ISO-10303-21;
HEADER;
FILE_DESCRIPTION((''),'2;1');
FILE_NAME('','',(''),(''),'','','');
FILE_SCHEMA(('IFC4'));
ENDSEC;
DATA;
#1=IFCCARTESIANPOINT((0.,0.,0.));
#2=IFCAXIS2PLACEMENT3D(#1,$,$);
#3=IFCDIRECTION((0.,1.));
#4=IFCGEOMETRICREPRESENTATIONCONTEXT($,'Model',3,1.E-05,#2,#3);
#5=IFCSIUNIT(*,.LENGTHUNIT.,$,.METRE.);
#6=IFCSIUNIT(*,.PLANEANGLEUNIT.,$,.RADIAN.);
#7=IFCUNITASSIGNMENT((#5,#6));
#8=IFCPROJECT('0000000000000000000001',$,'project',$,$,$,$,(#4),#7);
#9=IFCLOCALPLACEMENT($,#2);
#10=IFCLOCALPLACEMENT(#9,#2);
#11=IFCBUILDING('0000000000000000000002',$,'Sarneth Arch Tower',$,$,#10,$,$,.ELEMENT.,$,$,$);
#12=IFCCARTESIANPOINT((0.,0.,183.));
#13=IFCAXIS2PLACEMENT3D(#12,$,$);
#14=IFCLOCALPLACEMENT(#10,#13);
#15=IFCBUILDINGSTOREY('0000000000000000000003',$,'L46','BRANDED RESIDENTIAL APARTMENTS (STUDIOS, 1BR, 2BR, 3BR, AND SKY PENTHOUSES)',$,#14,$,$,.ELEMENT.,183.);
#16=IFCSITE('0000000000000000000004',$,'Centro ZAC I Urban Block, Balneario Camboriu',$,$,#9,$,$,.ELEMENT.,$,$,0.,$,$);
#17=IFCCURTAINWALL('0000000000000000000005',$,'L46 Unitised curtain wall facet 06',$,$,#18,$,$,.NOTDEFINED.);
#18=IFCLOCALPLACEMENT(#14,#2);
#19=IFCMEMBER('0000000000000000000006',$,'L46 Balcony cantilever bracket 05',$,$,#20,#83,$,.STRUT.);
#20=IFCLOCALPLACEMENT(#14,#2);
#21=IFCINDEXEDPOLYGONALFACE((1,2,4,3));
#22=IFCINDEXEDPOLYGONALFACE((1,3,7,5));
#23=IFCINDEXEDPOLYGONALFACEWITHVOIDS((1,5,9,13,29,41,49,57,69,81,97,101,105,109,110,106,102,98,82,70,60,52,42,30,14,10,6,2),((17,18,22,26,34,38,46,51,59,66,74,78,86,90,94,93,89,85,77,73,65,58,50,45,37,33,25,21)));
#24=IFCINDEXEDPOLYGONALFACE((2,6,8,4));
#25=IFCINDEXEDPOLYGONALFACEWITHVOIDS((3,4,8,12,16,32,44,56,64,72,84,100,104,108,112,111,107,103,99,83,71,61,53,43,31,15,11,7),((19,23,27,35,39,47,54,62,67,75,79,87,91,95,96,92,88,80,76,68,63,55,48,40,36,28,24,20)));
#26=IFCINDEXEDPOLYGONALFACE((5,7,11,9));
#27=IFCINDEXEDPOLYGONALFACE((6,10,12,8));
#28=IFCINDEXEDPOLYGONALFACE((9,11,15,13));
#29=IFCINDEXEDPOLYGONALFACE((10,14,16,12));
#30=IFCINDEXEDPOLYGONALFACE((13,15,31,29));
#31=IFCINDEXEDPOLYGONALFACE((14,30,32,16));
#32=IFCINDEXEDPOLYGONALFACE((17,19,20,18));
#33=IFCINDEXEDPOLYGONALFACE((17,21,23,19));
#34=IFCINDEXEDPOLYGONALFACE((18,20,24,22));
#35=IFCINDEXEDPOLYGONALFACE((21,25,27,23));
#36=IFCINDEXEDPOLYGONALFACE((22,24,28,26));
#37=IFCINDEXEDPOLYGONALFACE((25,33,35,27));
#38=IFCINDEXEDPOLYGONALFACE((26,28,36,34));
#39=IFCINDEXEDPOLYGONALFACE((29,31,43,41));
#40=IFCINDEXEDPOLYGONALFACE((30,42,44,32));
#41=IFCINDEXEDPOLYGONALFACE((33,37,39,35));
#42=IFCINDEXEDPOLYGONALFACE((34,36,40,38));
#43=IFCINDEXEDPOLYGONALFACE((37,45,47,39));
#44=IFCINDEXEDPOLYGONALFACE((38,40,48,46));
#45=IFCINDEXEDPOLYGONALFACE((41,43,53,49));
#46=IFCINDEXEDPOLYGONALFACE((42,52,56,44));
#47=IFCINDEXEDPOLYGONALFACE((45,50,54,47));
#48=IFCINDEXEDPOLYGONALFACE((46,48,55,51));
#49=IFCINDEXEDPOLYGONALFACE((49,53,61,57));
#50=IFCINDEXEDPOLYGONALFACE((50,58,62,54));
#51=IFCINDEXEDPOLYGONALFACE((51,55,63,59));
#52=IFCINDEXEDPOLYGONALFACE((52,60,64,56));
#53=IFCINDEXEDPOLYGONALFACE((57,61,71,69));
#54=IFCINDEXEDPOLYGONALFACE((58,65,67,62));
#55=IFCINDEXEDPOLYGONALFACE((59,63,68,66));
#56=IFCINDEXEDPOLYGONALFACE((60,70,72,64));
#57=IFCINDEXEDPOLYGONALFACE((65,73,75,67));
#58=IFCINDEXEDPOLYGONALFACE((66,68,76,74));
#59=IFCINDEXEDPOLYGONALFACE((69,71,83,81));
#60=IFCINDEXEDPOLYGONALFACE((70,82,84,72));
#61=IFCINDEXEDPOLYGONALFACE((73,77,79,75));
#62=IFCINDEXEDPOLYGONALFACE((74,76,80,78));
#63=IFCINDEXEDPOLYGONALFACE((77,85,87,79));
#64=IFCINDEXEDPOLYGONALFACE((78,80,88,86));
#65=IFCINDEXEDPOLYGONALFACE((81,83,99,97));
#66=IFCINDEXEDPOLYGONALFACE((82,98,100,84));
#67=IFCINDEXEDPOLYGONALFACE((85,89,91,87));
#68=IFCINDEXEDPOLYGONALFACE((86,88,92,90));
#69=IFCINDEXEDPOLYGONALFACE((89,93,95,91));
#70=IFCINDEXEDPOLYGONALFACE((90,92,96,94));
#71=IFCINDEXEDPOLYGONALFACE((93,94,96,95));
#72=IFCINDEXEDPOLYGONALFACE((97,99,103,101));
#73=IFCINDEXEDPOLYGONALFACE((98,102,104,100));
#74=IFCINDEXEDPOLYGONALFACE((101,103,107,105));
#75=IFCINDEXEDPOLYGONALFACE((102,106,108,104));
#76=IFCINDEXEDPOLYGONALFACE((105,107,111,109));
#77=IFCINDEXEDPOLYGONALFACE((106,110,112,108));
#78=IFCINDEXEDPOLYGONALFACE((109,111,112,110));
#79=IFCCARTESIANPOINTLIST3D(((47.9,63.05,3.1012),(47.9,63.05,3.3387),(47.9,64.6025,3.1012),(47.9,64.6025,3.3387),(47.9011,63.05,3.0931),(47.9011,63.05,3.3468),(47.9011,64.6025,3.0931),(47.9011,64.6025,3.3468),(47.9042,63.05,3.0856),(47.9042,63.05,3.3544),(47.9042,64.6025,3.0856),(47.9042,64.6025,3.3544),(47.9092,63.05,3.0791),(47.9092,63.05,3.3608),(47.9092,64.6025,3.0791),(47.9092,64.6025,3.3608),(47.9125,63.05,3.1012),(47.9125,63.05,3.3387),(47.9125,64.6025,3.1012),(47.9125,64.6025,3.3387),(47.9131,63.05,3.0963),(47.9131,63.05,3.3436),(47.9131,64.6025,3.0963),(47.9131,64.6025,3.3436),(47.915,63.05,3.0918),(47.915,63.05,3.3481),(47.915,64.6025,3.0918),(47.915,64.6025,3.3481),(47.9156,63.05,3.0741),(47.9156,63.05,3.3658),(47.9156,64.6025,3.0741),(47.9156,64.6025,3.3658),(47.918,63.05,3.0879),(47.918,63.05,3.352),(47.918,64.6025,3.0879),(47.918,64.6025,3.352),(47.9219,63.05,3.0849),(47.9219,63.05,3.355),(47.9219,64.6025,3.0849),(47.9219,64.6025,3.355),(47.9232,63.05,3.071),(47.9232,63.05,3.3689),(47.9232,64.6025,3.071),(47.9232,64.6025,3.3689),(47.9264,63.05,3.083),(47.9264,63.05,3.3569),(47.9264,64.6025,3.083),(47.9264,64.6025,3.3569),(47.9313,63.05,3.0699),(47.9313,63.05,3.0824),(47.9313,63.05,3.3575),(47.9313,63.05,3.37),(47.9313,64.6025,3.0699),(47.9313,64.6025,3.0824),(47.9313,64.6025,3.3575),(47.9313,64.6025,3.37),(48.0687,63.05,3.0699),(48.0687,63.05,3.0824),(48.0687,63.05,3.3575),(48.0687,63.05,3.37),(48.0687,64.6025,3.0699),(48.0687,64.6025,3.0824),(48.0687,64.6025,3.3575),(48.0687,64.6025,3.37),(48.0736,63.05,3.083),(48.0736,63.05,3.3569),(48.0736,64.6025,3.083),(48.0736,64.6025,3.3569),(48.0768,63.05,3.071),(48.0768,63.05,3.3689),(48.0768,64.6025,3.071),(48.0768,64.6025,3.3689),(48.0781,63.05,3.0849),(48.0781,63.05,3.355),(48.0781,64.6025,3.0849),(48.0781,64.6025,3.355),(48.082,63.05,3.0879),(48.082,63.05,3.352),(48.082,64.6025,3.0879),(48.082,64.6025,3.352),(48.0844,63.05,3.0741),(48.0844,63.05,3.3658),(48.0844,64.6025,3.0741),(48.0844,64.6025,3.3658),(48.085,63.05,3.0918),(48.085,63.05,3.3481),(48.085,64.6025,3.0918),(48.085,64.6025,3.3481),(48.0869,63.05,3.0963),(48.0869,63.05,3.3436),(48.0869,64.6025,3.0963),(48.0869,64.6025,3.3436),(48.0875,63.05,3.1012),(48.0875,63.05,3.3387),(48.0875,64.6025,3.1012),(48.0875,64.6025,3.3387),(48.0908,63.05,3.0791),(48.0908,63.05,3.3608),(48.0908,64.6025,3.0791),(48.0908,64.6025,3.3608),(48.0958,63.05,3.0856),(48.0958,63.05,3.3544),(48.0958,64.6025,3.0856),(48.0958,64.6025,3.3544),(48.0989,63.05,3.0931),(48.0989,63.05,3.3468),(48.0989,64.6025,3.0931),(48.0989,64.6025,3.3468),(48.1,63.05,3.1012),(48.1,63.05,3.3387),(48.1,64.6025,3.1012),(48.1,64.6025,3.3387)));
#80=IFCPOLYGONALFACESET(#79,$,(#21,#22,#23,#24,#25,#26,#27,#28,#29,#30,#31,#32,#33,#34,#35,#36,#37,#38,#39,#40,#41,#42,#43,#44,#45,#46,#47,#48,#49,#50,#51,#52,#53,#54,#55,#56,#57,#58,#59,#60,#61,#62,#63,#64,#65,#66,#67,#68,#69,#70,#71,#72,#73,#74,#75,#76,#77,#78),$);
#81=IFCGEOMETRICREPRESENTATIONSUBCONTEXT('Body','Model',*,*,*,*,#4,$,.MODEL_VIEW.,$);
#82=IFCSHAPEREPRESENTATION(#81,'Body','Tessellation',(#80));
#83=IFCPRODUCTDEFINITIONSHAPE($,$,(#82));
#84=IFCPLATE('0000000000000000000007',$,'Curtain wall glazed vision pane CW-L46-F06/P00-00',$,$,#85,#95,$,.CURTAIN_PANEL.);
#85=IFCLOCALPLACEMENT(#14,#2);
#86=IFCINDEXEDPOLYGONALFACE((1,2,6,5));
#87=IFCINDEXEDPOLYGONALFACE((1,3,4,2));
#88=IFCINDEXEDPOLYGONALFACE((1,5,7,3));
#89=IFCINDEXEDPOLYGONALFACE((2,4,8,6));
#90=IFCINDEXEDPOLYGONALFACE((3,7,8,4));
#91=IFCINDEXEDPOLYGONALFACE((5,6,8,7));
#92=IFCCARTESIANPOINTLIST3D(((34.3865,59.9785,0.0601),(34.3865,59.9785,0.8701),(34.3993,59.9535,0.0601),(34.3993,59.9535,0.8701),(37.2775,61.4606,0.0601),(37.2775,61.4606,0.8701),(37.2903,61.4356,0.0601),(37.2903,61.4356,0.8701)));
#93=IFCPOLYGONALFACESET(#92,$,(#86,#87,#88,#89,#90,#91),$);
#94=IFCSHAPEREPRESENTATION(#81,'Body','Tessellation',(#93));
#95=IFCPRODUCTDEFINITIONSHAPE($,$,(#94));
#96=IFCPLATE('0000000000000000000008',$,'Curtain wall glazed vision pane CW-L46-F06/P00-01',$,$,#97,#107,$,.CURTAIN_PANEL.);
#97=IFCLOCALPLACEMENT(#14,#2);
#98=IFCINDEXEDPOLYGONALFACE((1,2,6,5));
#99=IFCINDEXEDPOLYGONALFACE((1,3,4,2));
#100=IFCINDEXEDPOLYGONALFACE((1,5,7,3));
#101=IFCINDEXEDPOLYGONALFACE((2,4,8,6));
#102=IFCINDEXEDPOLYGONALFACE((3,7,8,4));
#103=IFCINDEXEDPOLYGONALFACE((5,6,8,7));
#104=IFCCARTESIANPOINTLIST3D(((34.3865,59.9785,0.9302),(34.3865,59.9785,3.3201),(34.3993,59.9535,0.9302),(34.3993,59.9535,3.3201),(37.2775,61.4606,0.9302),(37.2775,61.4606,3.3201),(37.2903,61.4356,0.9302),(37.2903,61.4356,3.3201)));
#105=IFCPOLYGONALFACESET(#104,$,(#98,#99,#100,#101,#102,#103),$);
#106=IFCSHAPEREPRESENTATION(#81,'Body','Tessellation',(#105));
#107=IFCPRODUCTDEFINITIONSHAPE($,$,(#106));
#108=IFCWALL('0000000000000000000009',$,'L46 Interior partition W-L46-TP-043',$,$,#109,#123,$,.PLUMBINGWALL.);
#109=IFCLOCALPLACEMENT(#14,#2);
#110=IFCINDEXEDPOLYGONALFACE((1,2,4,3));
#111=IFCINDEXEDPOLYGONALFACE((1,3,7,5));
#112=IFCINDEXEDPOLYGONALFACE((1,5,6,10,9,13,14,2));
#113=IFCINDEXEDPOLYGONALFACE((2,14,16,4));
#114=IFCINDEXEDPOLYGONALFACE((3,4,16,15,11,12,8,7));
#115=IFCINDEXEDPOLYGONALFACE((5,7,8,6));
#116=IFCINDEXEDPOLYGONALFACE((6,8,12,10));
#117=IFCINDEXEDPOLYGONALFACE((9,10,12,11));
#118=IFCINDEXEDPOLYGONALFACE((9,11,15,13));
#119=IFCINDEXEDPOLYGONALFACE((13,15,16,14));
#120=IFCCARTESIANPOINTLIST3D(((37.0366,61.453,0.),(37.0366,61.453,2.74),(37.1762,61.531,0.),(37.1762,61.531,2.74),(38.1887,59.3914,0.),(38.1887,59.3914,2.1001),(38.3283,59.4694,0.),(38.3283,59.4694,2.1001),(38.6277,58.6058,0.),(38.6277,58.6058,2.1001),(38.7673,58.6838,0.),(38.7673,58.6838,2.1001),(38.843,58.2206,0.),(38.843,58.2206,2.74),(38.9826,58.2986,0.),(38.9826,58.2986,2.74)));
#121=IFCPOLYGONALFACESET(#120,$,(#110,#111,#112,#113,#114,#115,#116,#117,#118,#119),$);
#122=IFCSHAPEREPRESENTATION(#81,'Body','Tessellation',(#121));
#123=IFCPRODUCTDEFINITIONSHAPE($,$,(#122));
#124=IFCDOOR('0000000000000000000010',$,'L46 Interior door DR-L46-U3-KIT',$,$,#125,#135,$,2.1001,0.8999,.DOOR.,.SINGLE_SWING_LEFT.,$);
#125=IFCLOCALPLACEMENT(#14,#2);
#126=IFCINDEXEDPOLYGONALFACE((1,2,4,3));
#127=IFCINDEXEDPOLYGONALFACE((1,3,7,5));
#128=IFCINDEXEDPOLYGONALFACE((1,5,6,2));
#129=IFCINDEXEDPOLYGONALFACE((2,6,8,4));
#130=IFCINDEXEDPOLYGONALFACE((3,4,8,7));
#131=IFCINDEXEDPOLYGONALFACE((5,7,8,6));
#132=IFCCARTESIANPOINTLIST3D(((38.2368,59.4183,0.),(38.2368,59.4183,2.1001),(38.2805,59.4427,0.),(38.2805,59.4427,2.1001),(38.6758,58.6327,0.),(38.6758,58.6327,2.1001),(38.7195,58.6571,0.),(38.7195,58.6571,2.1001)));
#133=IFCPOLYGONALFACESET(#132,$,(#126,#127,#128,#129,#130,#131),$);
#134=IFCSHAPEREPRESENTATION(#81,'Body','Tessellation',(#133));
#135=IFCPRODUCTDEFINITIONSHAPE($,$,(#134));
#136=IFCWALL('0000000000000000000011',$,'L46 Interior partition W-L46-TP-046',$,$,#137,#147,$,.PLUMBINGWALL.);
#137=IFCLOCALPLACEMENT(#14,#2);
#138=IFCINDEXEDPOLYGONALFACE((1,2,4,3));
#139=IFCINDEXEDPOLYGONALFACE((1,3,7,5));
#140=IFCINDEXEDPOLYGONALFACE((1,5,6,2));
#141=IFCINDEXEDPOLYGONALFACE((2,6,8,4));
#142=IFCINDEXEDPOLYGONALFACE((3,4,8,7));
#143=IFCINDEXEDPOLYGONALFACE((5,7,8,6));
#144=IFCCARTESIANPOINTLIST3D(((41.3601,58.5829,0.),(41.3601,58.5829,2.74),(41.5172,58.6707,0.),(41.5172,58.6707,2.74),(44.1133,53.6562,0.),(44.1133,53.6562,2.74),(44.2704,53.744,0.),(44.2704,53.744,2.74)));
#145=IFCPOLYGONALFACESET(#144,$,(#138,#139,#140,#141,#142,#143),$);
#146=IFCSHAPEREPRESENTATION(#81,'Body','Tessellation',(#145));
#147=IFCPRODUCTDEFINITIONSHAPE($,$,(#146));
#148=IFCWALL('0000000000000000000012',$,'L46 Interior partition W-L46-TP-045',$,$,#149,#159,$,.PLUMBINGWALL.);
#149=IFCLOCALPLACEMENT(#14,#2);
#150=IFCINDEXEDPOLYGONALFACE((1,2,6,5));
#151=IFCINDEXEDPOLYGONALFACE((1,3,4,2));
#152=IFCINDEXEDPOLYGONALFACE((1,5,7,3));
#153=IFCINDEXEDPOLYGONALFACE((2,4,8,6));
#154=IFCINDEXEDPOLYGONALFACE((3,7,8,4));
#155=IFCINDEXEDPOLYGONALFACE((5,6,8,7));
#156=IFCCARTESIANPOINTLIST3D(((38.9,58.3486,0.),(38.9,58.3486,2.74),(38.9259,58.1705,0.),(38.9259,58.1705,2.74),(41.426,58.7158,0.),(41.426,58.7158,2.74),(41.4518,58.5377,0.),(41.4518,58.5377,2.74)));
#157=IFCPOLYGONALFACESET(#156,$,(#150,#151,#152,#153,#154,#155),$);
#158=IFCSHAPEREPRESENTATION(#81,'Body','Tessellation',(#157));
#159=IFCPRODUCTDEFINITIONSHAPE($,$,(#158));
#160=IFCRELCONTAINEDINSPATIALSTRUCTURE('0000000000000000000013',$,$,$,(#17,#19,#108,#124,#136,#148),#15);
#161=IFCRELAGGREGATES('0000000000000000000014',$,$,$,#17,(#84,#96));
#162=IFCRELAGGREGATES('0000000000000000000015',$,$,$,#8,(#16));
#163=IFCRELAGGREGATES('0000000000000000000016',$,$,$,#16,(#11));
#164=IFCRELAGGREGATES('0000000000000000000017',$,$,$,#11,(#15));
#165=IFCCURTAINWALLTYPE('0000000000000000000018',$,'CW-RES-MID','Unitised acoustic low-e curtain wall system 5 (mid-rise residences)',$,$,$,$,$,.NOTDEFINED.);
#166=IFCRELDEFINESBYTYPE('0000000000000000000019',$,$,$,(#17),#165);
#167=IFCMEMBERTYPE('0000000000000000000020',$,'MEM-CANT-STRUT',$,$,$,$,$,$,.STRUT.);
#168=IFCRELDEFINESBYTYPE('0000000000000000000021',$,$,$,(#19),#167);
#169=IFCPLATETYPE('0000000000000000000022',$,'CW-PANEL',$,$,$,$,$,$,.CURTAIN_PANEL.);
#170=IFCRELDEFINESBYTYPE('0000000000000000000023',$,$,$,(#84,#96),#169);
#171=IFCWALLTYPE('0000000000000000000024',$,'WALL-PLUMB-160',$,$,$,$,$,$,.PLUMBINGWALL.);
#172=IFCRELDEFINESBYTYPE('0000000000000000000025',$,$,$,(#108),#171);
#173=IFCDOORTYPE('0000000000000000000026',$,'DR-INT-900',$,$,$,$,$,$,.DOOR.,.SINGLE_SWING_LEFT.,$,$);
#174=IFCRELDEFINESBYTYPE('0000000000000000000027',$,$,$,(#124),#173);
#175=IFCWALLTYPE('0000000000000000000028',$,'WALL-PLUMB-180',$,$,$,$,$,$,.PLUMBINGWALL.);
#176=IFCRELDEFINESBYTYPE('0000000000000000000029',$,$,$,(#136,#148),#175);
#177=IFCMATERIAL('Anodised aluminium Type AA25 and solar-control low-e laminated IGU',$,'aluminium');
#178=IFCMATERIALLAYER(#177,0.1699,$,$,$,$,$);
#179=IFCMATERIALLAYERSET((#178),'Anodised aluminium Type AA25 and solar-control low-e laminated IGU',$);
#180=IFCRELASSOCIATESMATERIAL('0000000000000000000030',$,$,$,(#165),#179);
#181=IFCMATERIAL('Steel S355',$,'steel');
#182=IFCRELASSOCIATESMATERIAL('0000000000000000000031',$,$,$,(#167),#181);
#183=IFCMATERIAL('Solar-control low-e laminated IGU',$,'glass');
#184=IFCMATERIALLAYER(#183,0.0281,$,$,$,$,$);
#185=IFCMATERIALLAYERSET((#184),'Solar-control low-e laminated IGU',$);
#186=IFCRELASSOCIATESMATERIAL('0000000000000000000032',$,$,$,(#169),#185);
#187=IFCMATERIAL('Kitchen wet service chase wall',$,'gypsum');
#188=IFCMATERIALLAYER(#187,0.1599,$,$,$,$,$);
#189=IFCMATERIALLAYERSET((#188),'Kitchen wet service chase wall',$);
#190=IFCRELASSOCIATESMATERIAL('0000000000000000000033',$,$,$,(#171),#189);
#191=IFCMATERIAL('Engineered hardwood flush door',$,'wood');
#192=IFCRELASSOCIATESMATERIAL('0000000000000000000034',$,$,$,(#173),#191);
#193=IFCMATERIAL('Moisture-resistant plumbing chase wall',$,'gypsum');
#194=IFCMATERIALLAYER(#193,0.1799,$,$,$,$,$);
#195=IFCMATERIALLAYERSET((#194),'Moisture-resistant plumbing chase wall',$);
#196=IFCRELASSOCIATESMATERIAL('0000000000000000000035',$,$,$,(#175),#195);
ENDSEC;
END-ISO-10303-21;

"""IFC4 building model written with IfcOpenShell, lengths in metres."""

from ifc_helpers import new_model, si_unit, direction, frame, frame_2d, origin, origin_2d, place, context, subcontext, project, spatial, rectangle, hollow_rectangle, extrude, material, layer, layer_set, material_profile, profile_set, type_object, element, fill, aggregate, save


model = new_model("IFC4")

# Units and contexts
model_context = context("Model", 3, precision=1e-05, world=origin(), true_north=direction((0.0, 1.0)))
body_context = subcontext(model_context, "Body", "Model", "MODEL_VIEW")
ifc_project = project(units=[si_unit("LENGTHUNIT", "METRE"), si_unit("PLANEANGLEUNIT", "RADIAN")], contexts=[model_context])

# Site, building, storey
site_placement = place(None, origin())
site = spatial("IfcSite", under=ifc_project, at=site_placement, Name="Centro ZAC I Urban Block, Balneario Camboriu", CompositionType="ELEMENT", RefElevation=0.0)
building_placement = place(site_placement, origin())
building = spatial("IfcBuilding", under=site, at=building_placement, Name="Sarneth Arch Tower", CompositionType="ELEMENT")
storey_placement = place(building_placement, frame((0.0, 0.0, 183.0)))
storey = spatial("IfcBuildingStorey", under=building, at=storey_placement, Name="L46", Description="BRANDED RESIDENTIAL APARTMENTS (STUDIOS, 1BR, 2BR, 3BR, AND SKY PENTHOUSES)", CompositionType="ELEMENT", Elevation=183.0)

# Curtain wall
ifc_material_1 = material(Name="Anodised aluminium Type AA25 and solar-control low-e laminated IGU", Category="aluminium")
ifc_layer_1 = layer(ifc_material_1, 0.1699)
ifc_layer_set_1 = layer_set([ifc_layer_1], Name="Anodised aluminium Type AA25 and solar-control low-e laminated IGU")
curtain_wall_type = type_object("IfcCurtainWallType", Name="CW-RES-MID", Description="Unitised acoustic low-e curtain wall system 5 (mid-rise residences)", PredefinedType="NOTDEFINED", material=ifc_layer_set_1)
curtain_wall_placement = place(storey_placement, origin())
curtain_wall = element("IfcCurtainWall", 1, at=curtain_wall_placement, inside=storey, type_object=curtain_wall_type, Name="L46 Unitised curtain wall facet 06", PredefinedType="NOTDEFINED")

# Member
ifc_material_2 = material(Name="Steel S355", Category="steel")
ifc_material_profile_1 = material_profile(ifc_material_2, hollow_rectangle(XDim=0.2, YDim=0.3, WallThickness=0.0125, InnerFilletRadius=0.0188, OuterFilletRadius=0.0312, at=origin_2d()), Name="RHS300x200x12.5")
ifc_profile_set_1 = profile_set([ifc_material_profile_1], Name="Steel S355")
member_type_1 = type_object("IfcMemberType", Name="MEM-CANT-STRUT", PredefinedType="STRUT", material=ifc_profile_set_1)
member_1_placement = place(storey_placement, frame((48.0, 63.05, 3.22), z_axis=(0.0, 1.0, 0.0), x_axis=(-1.0, 0.0, 0.0)))
element("IfcMember", 2, at=member_1_placement, inside=storey, type_object=member_type_1, Name="L46 Balcony cantilever bracket 05", PredefinedType="STRUT", context=body_context, shape_type="SweptSolid", body=[
    extrude(hollow_rectangle(XDim=0.2, YDim=0.3, WallThickness=0.0125, InnerFilletRadius=0.0188, OuterFilletRadius=0.0312, at=origin_2d()), origin(), (0.0, 0.0, 1.0), 1.5525),
])

# Plates
ifc_material_3 = material(Name="Solar-control low-e laminated IGU", Category="glass")
ifc_layer_2 = layer(ifc_material_3, 0.0281)
ifc_layer_set_2 = layer_set([ifc_layer_2], Name="Solar-control low-e laminated IGU")
plate_type = type_object("IfcPlateType", Name="CW-PANEL", PredefinedType="CURTAIN_PANEL", material=ifc_layer_set_2)
plate_1_placement = place(storey_placement, frame((35.8384, 60.707, 0.0601), z_axis=(0.0, 0.0, 1.0), x_axis=(-0.889873, -0.456208, 0.0)))
plate_1 = element("IfcPlate", 3, at=plate_1_placement, type_object=plate_type, Name="Curtain wall glazed vision pane CW-L46-F06/P00-00", PredefinedType="CURTAIN_PANEL", context=body_context, shape_type="SweptSolid", body=[
    extrude(rectangle(XDim=3.2488, YDim=0.0281, at=origin_2d()), origin(), (0.0, 0.0, 1.0), 0.8101),
])
plate_2_placement = place(storey_placement, frame((35.8384, 60.707, 0.9302), z_axis=(0.0, 0.0, 1.0), x_axis=(-0.889873, -0.456208, 0.0)))
plate_2 = element("IfcPlate", 4, at=plate_2_placement, type_object=plate_type, Name="Curtain wall glazed vision pane CW-L46-F06/P00-01", PredefinedType="CURTAIN_PANEL", context=body_context, shape_type="SweptSolid", body=[
    extrude(rectangle(XDim=3.2488, YDim=0.0281, at=origin_2d()), origin(), (0.0, 0.0, 1.0), 2.3899),
])
aggregate(curtain_wall, [plate_1, plate_2])

# Wall, opening, door
ifc_material_4 = material(Name="Kitchen wet service chase wall", Category="gypsum")
ifc_layer_3 = layer(ifc_material_4, 0.1599)
ifc_layer_set_3 = layer_set([ifc_layer_3], Name="Kitchen wet service chase wall")
wall_type_1 = type_object("IfcWallType", Name="WALL-PLUMB-160", PredefinedType="PLUMBINGWALL", material=ifc_layer_set_3)
wall_1_placement = place(storey_placement, frame((38.9128, 58.2595, 0.0), z_axis=(0.0, 0.0, 1.0), x_axis=(-0.48783, 0.872939, 0.0)))
wall_1 = element("IfcWall", 5, at=wall_1_placement, inside=storey, type_object=wall_type_1, Name="L46 Interior partition W-L46-TP-043", PredefinedType="PLUMBINGWALL", context=body_context, shape_type="SweptSolid", body=[
    extrude(rectangle(XDim=3.7029, YDim=0.1599, at=frame_2d((1.8516, 0.0))), origin(), (0.0, 0.0, 1.0), 2.74),
])
opening_placement = place(wall_1_placement, frame((0.4414, 0.0, 0.0)))
opening = element("IfcOpeningElement", 6, at=opening_placement, cuts=wall_1, PredefinedType="OPENING", context=body_context, shape_type="SweptSolid", body=[
    extrude(rectangle(XDim=0.8999, YDim=2.1001, at=frame_2d((0.45, 1.05))), frame((0.0, 0.0898, 0.0), z_axis=(0.0, -1.0, 0.0), x_axis=(1.0, 0.0, 0.0)), (0.0, 0.0, 1.0), 0.1799),
])
ifc_material_5 = material(Name="Engineered hardwood flush door", Category="wood")
door_type = type_object("IfcDoorType", Name="DR-INT-900", OperationType="SINGLE_SWING_LEFT", PredefinedType="DOOR", material=ifc_material_5)
door_placement = place(opening_placement, origin())
door = element("IfcDoor", 7, at=door_placement, inside=storey, type_object=door_type, Name="L46 Interior door DR-L46-U3-KIT", OperationType="SINGLE_SWING_LEFT", OverallHeight=2.1001, OverallWidth=0.8999, PredefinedType="DOOR", context=body_context, shape_type="SweptSolid", body=[
    extrude(rectangle(XDim=0.8999, YDim=2.1001, at=frame_2d((0.45, 1.05))), frame((0.0, 0.0249, 0.0), z_axis=(0.0, -1.0, 0.0), x_axis=(1.0, 0.0, 0.0)), (0.0, 0.0, 1.0), 0.05),
])
fill(opening, door)

# Walls
ifc_material_6 = material(Name="Moisture-resistant plumbing chase wall", Category="gypsum")
ifc_layer_4 = layer(ifc_material_6, 0.1799)
ifc_layer_set_4 = layer_set([ifc_layer_4], Name="Moisture-resistant plumbing chase wall")
wall_type_2 = type_object("IfcWallType", Name="WALL-PLUMB-180", PredefinedType="PLUMBINGWALL", material=ifc_layer_set_4)
wall_2_placement = place(storey_placement, frame((41.4387, 58.6267, 0.0), z_axis=(0.0, 0.0, 1.0), x_axis=(0.487819, -0.872945, 0.0)))
element("IfcWall", 8, at=wall_2_placement, inside=storey, type_object=wall_type_2, Name="L46 Interior partition W-L46-TP-046", PredefinedType="PLUMBINGWALL", context=body_context, shape_type="SweptSolid", body=[
    extrude(rectangle(XDim=5.6438, YDim=0.1799, at=frame_2d((2.8218, 0.0))), origin(), (0.0, 0.0, 1.0), 2.74),
])
wall_3_placement = place(storey_placement, frame((38.9128, 58.2595, 0.0), z_axis=(0.0, 0.0, 1.0), x_axis=(0.989598, 0.143858, 0.0)))
element("IfcWall", 9, at=wall_3_placement, inside=storey, type_object=wall_type_2, Name="L46 Interior partition W-L46-TP-045", PredefinedType="PLUMBINGWALL", context=body_context, shape_type="SweptSolid", body=[
    extrude(rectangle(XDim=2.5525, YDim=0.1799, at=frame_2d((1.2764, 0.0))), origin(), (0.0, 0.0, 1.0), 2.74),
])

save(model, "model.ifc")
